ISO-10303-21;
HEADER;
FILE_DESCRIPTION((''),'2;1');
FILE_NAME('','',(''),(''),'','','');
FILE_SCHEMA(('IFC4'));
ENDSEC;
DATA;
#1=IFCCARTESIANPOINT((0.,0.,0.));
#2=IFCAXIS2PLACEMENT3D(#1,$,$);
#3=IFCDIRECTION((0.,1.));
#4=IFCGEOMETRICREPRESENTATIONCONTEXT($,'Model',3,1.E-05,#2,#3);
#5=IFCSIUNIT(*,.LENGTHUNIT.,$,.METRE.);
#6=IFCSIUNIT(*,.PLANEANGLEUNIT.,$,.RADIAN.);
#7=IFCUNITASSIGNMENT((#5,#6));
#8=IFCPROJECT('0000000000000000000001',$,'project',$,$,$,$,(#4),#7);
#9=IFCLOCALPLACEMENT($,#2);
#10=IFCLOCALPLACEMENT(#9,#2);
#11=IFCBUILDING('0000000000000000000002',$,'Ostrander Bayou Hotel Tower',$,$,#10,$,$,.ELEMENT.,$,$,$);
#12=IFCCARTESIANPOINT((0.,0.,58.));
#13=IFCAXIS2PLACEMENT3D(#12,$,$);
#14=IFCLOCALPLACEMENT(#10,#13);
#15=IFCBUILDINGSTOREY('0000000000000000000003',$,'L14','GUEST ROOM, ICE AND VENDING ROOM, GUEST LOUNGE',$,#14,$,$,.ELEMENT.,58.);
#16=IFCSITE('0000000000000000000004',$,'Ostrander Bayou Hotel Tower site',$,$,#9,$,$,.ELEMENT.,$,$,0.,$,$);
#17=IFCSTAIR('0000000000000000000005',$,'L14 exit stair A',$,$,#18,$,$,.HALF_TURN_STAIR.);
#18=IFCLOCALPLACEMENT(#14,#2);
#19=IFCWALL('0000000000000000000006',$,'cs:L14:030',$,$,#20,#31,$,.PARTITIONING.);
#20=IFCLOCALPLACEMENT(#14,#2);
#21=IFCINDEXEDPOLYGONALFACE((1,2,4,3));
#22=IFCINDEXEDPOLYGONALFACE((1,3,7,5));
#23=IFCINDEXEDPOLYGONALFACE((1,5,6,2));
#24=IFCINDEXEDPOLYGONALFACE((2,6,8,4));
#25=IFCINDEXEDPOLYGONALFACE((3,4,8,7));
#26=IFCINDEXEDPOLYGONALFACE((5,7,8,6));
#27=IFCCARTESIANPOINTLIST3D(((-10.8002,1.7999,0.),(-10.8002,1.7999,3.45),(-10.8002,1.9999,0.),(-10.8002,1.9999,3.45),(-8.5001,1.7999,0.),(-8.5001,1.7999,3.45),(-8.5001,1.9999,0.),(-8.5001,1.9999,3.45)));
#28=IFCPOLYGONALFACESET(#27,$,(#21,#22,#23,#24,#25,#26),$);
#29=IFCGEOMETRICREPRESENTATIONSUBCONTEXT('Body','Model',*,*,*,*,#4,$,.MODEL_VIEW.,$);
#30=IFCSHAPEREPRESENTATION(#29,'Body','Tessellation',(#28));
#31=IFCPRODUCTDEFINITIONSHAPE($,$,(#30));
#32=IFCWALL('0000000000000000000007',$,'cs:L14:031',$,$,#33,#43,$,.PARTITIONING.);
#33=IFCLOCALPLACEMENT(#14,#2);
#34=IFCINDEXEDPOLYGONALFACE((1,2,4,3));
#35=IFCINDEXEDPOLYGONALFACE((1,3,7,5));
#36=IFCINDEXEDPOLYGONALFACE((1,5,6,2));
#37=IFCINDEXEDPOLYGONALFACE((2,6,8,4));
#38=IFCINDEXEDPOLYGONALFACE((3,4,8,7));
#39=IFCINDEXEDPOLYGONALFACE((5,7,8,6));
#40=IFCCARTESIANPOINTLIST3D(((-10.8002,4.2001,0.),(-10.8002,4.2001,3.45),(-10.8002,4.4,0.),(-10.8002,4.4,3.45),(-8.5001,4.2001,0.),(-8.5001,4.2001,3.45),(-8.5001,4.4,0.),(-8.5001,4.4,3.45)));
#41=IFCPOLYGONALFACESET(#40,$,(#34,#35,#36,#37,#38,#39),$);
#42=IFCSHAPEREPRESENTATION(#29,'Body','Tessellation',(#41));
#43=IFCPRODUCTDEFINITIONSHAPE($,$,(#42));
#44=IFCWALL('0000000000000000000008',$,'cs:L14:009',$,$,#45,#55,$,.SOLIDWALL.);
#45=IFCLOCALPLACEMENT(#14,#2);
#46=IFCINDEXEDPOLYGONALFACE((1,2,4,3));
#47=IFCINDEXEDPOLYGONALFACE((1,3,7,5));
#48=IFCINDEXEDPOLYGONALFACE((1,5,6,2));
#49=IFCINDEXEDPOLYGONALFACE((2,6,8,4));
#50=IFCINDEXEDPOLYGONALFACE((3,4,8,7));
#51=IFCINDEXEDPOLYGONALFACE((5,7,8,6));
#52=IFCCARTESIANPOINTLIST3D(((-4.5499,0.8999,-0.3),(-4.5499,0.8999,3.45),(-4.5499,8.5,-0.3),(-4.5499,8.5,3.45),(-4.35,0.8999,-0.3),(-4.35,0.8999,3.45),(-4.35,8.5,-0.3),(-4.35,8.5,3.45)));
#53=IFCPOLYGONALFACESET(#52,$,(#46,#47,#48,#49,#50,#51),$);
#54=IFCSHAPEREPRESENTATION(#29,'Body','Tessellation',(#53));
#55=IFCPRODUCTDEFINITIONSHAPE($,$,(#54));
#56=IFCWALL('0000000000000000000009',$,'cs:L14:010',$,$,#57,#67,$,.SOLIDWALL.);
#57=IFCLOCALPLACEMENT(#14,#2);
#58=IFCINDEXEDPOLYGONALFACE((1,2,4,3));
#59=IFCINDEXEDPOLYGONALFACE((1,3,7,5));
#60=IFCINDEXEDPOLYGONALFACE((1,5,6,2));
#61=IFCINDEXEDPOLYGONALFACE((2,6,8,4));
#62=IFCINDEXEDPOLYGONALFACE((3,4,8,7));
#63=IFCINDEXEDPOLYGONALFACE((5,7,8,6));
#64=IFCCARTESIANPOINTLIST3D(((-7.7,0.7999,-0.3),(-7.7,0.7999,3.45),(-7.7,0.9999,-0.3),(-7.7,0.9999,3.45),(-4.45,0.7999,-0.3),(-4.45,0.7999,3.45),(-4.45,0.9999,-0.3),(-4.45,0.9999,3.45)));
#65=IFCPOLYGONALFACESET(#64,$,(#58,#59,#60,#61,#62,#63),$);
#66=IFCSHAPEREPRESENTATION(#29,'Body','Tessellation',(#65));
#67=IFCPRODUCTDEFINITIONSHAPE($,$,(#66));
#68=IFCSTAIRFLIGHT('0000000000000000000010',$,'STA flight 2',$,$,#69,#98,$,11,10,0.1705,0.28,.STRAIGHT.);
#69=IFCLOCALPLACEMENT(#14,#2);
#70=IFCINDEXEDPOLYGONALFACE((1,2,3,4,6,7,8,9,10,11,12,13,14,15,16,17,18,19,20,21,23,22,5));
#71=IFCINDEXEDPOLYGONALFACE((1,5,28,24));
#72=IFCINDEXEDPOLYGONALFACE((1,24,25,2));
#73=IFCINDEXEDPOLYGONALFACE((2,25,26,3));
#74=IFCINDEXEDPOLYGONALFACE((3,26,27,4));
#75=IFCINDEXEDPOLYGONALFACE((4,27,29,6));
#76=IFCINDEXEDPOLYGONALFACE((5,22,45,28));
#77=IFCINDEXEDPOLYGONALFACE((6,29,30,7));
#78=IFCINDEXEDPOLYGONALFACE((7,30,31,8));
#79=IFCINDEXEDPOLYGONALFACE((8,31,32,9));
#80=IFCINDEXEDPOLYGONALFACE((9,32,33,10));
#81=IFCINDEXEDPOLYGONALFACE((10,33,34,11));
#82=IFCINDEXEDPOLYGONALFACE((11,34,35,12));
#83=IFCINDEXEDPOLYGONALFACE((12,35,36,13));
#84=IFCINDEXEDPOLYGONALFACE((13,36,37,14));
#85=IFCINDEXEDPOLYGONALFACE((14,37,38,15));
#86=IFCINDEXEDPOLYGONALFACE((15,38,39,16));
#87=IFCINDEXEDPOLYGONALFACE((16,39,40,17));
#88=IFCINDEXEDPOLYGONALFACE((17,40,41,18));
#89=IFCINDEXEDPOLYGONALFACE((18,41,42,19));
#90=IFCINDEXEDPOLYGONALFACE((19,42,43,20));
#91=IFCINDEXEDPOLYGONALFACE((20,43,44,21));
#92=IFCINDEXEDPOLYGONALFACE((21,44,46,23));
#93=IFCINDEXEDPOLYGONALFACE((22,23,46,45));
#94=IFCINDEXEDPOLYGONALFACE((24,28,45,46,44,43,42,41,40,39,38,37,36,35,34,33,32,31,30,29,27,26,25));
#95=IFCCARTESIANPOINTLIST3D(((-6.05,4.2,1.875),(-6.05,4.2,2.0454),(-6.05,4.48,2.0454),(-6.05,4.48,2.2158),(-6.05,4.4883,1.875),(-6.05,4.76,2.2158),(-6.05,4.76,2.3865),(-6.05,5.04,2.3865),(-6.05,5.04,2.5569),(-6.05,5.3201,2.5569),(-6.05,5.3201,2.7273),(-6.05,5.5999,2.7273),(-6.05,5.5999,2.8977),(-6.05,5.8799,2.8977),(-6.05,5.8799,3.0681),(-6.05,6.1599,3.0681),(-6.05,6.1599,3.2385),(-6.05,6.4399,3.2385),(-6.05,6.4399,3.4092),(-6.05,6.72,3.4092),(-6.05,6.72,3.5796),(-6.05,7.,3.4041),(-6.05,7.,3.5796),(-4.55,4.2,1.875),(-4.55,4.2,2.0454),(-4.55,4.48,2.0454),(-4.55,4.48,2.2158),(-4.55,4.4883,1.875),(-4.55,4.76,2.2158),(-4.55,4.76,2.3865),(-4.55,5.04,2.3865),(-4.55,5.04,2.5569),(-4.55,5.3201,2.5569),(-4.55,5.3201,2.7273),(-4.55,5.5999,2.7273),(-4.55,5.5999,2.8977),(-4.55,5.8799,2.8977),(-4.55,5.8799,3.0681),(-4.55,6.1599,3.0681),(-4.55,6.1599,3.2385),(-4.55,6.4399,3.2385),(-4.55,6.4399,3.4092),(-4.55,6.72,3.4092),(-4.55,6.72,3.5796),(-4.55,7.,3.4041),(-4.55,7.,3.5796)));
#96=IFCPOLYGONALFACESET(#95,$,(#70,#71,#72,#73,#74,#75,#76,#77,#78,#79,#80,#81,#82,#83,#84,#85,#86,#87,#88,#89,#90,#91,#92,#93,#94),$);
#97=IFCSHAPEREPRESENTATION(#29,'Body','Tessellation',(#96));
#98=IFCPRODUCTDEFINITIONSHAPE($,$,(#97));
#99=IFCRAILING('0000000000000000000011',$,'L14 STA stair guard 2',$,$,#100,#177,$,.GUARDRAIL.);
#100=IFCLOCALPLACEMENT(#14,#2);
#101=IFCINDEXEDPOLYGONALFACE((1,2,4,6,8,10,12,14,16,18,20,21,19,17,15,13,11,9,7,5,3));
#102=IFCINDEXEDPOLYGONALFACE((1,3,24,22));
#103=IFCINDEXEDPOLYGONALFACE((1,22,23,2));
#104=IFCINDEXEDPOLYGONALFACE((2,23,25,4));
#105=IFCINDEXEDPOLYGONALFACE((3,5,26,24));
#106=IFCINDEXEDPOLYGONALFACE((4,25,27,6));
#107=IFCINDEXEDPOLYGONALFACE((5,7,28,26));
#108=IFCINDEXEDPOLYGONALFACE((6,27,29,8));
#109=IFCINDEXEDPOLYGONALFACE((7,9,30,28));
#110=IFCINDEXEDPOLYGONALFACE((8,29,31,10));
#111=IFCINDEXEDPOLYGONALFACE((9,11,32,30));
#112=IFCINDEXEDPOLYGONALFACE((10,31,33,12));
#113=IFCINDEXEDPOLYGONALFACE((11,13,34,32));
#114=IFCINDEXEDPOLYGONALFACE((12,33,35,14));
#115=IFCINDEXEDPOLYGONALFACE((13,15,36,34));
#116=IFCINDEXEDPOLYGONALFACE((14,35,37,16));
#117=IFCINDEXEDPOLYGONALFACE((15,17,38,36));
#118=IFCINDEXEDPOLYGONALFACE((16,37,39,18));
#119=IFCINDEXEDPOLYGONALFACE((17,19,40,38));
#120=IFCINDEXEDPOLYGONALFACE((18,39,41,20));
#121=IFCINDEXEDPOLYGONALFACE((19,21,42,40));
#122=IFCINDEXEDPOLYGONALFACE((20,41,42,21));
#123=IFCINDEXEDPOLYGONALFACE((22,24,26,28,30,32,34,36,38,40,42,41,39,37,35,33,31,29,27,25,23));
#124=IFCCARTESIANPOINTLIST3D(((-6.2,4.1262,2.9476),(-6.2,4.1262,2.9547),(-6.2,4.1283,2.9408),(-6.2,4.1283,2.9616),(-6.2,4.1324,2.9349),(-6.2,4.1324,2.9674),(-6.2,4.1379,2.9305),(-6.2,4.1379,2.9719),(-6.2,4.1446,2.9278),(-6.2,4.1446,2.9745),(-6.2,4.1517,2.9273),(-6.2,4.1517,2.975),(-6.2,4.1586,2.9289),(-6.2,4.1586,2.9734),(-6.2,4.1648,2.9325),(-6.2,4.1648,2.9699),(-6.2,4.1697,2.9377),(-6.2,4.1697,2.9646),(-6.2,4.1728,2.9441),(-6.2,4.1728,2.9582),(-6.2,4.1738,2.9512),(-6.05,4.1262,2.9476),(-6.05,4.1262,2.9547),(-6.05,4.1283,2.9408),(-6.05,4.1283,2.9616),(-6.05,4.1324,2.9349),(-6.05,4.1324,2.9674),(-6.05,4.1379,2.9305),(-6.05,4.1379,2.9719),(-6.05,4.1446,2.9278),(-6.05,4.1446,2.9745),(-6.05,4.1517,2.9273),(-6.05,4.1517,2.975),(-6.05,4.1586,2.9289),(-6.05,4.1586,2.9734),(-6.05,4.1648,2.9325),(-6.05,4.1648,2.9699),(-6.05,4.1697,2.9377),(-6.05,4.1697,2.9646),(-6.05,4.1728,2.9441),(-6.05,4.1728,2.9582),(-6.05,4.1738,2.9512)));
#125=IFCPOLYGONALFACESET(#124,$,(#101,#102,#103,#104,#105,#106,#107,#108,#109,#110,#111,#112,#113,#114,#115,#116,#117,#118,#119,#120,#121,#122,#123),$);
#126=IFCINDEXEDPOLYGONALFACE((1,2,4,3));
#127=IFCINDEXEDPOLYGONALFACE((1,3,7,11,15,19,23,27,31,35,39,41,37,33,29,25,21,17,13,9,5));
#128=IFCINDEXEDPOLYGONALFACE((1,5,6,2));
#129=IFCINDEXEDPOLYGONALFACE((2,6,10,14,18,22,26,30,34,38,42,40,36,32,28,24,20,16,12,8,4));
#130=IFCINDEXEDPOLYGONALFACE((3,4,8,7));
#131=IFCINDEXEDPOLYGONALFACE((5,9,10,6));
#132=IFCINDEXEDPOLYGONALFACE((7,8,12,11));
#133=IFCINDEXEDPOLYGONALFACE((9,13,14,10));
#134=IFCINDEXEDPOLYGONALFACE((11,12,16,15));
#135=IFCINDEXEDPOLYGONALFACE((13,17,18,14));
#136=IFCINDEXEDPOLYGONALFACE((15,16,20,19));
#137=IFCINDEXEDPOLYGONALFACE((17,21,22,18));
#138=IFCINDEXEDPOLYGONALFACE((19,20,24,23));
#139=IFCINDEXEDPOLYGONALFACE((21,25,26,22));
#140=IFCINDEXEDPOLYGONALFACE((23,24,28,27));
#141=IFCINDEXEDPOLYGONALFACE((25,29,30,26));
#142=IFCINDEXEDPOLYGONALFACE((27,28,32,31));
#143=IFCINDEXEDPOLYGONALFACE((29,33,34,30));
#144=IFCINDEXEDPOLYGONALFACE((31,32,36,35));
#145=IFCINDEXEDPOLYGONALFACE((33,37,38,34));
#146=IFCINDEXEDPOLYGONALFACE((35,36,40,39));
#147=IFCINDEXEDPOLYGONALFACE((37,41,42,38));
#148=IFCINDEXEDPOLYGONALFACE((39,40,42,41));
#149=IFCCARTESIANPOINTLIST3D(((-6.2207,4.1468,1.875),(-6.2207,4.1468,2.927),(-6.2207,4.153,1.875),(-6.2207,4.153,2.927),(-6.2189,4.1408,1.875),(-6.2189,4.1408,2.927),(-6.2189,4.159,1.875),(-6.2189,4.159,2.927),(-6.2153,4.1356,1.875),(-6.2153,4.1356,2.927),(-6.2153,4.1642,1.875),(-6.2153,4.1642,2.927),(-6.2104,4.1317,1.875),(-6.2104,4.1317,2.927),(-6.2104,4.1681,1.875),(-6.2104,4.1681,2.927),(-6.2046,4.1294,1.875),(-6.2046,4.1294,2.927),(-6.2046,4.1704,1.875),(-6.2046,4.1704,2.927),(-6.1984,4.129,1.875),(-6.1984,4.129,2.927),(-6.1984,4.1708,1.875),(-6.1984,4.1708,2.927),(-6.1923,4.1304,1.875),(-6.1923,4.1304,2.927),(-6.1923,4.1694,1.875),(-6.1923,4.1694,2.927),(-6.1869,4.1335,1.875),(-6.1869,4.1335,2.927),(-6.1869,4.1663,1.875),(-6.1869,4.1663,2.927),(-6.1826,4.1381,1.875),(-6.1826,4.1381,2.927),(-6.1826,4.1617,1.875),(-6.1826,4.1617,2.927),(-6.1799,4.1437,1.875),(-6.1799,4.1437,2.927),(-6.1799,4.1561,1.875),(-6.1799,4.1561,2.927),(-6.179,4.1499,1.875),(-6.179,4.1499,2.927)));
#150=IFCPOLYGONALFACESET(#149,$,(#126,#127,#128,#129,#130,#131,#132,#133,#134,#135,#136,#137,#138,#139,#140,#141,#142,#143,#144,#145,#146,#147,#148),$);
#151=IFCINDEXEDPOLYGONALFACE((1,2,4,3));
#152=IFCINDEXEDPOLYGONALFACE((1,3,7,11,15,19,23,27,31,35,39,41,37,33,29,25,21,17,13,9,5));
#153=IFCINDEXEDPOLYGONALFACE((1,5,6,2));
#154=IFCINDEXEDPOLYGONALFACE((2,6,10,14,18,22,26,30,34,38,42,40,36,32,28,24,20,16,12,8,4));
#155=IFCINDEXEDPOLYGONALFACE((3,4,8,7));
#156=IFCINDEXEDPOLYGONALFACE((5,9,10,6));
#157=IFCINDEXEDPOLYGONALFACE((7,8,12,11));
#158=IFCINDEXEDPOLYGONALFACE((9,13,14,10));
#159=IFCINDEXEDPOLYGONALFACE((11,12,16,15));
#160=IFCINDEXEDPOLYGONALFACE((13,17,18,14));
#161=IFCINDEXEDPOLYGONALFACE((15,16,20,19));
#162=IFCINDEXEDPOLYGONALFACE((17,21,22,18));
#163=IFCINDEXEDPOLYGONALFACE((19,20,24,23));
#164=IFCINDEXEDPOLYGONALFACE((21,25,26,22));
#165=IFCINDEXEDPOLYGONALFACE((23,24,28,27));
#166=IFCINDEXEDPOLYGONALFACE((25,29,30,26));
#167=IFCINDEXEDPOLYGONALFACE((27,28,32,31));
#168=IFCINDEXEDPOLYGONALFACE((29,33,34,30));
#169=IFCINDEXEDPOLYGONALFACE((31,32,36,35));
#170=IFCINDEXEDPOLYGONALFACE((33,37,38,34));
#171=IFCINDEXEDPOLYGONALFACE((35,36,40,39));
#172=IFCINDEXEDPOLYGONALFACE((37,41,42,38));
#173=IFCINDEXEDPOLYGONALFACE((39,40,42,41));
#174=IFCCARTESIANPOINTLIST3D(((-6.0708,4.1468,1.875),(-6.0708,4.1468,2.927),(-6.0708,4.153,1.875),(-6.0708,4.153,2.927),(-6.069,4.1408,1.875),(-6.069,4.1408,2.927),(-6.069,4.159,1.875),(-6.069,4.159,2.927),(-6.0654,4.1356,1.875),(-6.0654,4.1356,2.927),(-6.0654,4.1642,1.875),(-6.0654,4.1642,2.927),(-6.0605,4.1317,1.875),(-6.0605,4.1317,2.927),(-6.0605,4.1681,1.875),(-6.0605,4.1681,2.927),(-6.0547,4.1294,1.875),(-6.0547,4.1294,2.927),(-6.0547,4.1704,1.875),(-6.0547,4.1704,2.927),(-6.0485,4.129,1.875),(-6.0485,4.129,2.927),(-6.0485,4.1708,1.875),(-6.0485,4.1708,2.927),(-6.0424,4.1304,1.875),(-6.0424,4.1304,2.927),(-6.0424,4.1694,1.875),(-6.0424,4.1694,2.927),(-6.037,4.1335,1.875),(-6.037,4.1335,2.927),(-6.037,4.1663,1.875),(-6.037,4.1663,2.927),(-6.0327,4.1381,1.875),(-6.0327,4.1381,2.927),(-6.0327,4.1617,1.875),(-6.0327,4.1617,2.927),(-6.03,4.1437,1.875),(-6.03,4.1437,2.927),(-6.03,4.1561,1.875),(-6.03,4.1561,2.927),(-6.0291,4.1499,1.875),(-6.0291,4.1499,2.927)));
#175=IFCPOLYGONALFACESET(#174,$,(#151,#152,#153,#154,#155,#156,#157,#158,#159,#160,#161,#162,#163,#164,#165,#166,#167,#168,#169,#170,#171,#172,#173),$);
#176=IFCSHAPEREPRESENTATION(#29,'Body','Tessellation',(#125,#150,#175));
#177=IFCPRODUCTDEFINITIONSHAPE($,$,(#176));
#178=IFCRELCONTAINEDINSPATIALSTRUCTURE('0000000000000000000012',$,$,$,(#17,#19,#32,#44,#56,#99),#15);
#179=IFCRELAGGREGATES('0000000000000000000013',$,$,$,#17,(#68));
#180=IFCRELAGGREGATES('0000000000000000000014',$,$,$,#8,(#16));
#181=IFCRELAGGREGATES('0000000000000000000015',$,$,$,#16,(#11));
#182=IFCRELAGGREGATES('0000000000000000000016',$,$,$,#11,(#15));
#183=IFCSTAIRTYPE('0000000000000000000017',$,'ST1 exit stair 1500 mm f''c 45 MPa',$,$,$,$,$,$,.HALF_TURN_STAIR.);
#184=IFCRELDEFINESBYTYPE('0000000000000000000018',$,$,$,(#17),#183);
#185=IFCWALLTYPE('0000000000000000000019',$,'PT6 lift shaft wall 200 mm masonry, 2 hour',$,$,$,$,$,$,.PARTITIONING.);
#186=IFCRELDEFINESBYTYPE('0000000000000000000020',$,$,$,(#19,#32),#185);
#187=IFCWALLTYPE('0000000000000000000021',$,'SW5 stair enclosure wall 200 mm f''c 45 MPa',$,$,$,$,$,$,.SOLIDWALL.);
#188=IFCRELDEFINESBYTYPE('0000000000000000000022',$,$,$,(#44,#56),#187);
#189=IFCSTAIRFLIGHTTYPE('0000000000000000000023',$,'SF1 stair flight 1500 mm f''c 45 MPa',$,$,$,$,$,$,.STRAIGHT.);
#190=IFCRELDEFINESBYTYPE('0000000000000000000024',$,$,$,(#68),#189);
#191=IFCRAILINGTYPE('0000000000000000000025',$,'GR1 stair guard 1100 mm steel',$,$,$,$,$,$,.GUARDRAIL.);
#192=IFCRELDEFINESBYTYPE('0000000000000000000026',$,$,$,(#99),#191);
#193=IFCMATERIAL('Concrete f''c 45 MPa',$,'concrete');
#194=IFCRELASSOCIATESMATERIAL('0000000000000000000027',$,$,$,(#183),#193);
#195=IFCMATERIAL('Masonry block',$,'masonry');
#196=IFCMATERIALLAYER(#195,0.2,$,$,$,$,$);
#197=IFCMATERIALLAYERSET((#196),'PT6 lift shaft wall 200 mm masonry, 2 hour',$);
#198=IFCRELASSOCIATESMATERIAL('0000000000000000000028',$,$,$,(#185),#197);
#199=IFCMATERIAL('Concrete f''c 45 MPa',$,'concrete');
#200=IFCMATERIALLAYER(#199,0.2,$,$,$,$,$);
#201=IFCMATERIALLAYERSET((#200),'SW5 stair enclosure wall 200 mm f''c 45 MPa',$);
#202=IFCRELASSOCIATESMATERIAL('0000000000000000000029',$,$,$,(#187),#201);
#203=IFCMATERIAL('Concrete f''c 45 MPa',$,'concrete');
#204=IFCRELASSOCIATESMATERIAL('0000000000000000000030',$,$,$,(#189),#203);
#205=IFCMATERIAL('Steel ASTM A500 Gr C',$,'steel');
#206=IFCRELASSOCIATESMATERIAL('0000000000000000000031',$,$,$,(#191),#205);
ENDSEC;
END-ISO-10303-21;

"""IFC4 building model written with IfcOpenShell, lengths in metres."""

from ifc_helpers import new_model, si_unit, direction, frame, frame_2d, origin, origin_2d, place, context, subcontext, project, spatial, polyline, rectangle, circle, outline, extrude, material, layer, layer_set, type_object, element, aggregate, save


model = new_model("IFC4")

# Units and contexts
model_context = context("Model", 3, precision=1e-05, world=origin(), true_north=direction((0.0, 1.0)))
body_context = subcontext(model_context, "Body", "Model", "MODEL_VIEW")
ifc_project = project(units=[si_unit("LENGTHUNIT", "METRE"), si_unit("PLANEANGLEUNIT", "RADIAN")], contexts=[model_context])

# Site, building, storey
site_placement = place(None, origin())
site = spatial("IfcSite", under=ifc_project, at=site_placement, Name="Ostrander Bayou Hotel Tower site", CompositionType="ELEMENT", RefElevation=0.0)
building_placement = place(site_placement, origin())
building = spatial("IfcBuilding", under=site, at=building_placement, Name="Ostrander Bayou Hotel Tower", CompositionType="ELEMENT")
storey_placement = place(building_placement, frame((0.0, 0.0, 58.0)))
storey = spatial("IfcBuildingStorey", under=building, at=storey_placement, Name="L14", Description="GUEST ROOM, ICE AND VENDING ROOM, GUEST LOUNGE", CompositionType="ELEMENT", Elevation=58.0)

# Stair
ifc_material_1 = material(Name="Concrete f'c 45 MPa", Category="concrete")
stair_type = type_object("IfcStairType", Name="ST1 exit stair 1500 mm f'c 45 MPa", PredefinedType="HALF_TURN_STAIR", material=ifc_material_1)
stair_placement = place(storey_placement, origin())
stair = element("IfcStair", 1, at=stair_placement, inside=storey, type_object=stair_type, Name="L14 exit stair A", PredefinedType="HALF_TURN_STAIR")

# Walls
ifc_material_2 = material(Name="Masonry block", Category="masonry")
ifc_layer_1 = layer(ifc_material_2, 0.2)
ifc_layer_set_1 = layer_set([ifc_layer_1], Name="PT6 lift shaft wall 200 mm masonry, 2 hour")
wall_type_1 = type_object("IfcWallType", Name="PT6 lift shaft wall 200 mm masonry, 2 hour", PredefinedType="PARTITIONING", material=ifc_layer_set_1)
for number, where, z_axis, x_axis, name in (
    (2, (-10.8, 1.8999, 0.0), (0.0, 0.0, 1.0), (1.0, 0.0, 0.0), "cs:L14:030"),
    (3, (-10.8, 4.3, 0.0), (0.0, 0.0, 1.0), (1.0, 0.0, 0.0), "cs:L14:031"),
):
    element("IfcWall", number, at=place(storey_placement, frame(where, z_axis=z_axis, x_axis=x_axis)), inside=storey, type_object=wall_type_1, Name=name, PredefinedType="PARTITIONING", context=body_context, shape_type="SweptSolid", body=[
        extrude(rectangle(XDim=2.3, YDim=0.2, at=frame_2d((1.1499, 0.0))), origin(), (0.0, 0.0, 1.0), 3.45),
    ])
ifc_material_3 = material(Name="Concrete f'c 45 MPa", Category="concrete")
ifc_layer_2 = layer(ifc_material_3, 0.2)
ifc_layer_set_2 = layer_set([ifc_layer_2], Name="SW5 stair enclosure wall 200 mm f'c 45 MPa")
wall_type_2 = type_object("IfcWallType", Name="SW5 stair enclosure wall 200 mm f'c 45 MPa", PredefinedType="SOLIDWALL", material=ifc_layer_set_2)
wall_1_placement = place(storey_placement, frame((-4.45, 0.8999, -0.3), z_axis=(0.0, 0.0, 1.0), x_axis=(0.0, 1.0, 0.0)))
element("IfcWall", 4, at=wall_1_placement, inside=storey, type_object=wall_type_2, Name="cs:L14:009", PredefinedType="SOLIDWALL", context=body_context, shape_type="SweptSolid", body=[
    extrude(rectangle(XDim=7.6001, YDim=0.2, at=frame_2d((3.8, 0.0))), origin(), (0.0, 0.0, 1.0), 3.75),
])
wall_2_placement = place(storey_placement, frame((-7.7, 0.8999, -0.3), z_axis=(0.0, 0.0, 1.0), x_axis=(1.0, 0.0, 0.0)))
element("IfcWall", 5, at=wall_2_placement, inside=storey, type_object=wall_type_2, Name="cs:L14:010", PredefinedType="SOLIDWALL", context=body_context, shape_type="SweptSolid", body=[
    extrude(rectangle(XDim=3.25, YDim=0.2, at=frame_2d((1.625, 0.0))), origin(), (0.0, 0.0, 1.0), 3.75),
])

# Stair flight
ifc_material_4 = material(Name="Concrete f'c 45 MPa", Category="concrete")
stair_flight_type = type_object("IfcStairFlightType", Name="SF1 stair flight 1500 mm f'c 45 MPa", PredefinedType="STRAIGHT", material=ifc_material_4)
stair_flight_placement = place(storey_placement, frame((-5.3, 4.2, 1.875), z_axis=(0.0, 0.0, 1.0), x_axis=(0.0, 1.0, 0.0)))
stair_flight = element("IfcStairFlight", 6, at=stair_flight_placement, type_object=stair_flight_type, Name="STA flight 2", NumberOfRisers=11, NumberOfTreads=10, PredefinedType="STRAIGHT", RiserHeight=0.1705, TreadLength=0.28, context=body_context, shape_type="SweptSolid", body=[
    extrude(outline(polyline([(0.0, 0.0), (0.0, 0.1704), (0.28, 0.1704), (0.28, 0.3408), (0.5601, 0.3408), (0.5601, 0.5115), (0.8401, 0.5115), (0.8401, 0.6819), (1.1201, 0.6819), (1.1201, 0.8523), (1.3999, 0.8523), (1.3999, 1.0227), (1.6799, 1.0227), (1.6799, 1.1931), (1.96, 1.1931), (1.96, 1.3635), (2.24, 1.3635), (2.24, 1.5342), (2.52, 1.5342), (2.52, 1.7046), (2.8, 1.7046), (2.8, 1.875), (2.8, 1.5291), (0.2883, 0.0), (0.0, 0.0)])), frame((0.0, 0.75, 0.0), z_axis=(0.0, -1.0, 0.0), x_axis=(1.0, 0.0, 0.0)), (0.0, 0.0, 1.0), 1.5),
])
aggregate(stair, [stair_flight])

# Railing
ifc_material_5 = material(Name="Steel ASTM A500 Gr C", Category="steel")
railing_type_1 = type_object("IfcRailingType", Name="GR1 stair guard 1100 mm steel", PredefinedType="GUARDRAIL", material=ifc_material_5)
railing_1_placement = place(storey_placement, frame((-6.2, 4.1499, 1.875)))
element("IfcRailing", 7, at=railing_1_placement, inside=storey, type_object=railing_type_1, Name="L14 STA stair guard 2", PredefinedType="GUARDRAIL", context=body_context, shape_type="SweptSolid", body=[
    extrude(circle(Radius=0.0239, at=origin_2d()), frame((0.0, 0.0, 1.0762), z_axis=(1.0, 0.0, 0.0), x_axis=(0.0, 1.0, 0.0)), (0.0, 0.0, 1.0), 0.1499),
    extrude(circle(Radius=0.021, at=origin_2d()), origin(), (0.0, 0.0, 1.0), 1.052),
    extrude(circle(Radius=0.021, at=origin_2d()), frame((0.1499, 0.0, 0.0)), (0.0, 0.0, 1.0), 1.052),
])

save(model, "model.ifc")
